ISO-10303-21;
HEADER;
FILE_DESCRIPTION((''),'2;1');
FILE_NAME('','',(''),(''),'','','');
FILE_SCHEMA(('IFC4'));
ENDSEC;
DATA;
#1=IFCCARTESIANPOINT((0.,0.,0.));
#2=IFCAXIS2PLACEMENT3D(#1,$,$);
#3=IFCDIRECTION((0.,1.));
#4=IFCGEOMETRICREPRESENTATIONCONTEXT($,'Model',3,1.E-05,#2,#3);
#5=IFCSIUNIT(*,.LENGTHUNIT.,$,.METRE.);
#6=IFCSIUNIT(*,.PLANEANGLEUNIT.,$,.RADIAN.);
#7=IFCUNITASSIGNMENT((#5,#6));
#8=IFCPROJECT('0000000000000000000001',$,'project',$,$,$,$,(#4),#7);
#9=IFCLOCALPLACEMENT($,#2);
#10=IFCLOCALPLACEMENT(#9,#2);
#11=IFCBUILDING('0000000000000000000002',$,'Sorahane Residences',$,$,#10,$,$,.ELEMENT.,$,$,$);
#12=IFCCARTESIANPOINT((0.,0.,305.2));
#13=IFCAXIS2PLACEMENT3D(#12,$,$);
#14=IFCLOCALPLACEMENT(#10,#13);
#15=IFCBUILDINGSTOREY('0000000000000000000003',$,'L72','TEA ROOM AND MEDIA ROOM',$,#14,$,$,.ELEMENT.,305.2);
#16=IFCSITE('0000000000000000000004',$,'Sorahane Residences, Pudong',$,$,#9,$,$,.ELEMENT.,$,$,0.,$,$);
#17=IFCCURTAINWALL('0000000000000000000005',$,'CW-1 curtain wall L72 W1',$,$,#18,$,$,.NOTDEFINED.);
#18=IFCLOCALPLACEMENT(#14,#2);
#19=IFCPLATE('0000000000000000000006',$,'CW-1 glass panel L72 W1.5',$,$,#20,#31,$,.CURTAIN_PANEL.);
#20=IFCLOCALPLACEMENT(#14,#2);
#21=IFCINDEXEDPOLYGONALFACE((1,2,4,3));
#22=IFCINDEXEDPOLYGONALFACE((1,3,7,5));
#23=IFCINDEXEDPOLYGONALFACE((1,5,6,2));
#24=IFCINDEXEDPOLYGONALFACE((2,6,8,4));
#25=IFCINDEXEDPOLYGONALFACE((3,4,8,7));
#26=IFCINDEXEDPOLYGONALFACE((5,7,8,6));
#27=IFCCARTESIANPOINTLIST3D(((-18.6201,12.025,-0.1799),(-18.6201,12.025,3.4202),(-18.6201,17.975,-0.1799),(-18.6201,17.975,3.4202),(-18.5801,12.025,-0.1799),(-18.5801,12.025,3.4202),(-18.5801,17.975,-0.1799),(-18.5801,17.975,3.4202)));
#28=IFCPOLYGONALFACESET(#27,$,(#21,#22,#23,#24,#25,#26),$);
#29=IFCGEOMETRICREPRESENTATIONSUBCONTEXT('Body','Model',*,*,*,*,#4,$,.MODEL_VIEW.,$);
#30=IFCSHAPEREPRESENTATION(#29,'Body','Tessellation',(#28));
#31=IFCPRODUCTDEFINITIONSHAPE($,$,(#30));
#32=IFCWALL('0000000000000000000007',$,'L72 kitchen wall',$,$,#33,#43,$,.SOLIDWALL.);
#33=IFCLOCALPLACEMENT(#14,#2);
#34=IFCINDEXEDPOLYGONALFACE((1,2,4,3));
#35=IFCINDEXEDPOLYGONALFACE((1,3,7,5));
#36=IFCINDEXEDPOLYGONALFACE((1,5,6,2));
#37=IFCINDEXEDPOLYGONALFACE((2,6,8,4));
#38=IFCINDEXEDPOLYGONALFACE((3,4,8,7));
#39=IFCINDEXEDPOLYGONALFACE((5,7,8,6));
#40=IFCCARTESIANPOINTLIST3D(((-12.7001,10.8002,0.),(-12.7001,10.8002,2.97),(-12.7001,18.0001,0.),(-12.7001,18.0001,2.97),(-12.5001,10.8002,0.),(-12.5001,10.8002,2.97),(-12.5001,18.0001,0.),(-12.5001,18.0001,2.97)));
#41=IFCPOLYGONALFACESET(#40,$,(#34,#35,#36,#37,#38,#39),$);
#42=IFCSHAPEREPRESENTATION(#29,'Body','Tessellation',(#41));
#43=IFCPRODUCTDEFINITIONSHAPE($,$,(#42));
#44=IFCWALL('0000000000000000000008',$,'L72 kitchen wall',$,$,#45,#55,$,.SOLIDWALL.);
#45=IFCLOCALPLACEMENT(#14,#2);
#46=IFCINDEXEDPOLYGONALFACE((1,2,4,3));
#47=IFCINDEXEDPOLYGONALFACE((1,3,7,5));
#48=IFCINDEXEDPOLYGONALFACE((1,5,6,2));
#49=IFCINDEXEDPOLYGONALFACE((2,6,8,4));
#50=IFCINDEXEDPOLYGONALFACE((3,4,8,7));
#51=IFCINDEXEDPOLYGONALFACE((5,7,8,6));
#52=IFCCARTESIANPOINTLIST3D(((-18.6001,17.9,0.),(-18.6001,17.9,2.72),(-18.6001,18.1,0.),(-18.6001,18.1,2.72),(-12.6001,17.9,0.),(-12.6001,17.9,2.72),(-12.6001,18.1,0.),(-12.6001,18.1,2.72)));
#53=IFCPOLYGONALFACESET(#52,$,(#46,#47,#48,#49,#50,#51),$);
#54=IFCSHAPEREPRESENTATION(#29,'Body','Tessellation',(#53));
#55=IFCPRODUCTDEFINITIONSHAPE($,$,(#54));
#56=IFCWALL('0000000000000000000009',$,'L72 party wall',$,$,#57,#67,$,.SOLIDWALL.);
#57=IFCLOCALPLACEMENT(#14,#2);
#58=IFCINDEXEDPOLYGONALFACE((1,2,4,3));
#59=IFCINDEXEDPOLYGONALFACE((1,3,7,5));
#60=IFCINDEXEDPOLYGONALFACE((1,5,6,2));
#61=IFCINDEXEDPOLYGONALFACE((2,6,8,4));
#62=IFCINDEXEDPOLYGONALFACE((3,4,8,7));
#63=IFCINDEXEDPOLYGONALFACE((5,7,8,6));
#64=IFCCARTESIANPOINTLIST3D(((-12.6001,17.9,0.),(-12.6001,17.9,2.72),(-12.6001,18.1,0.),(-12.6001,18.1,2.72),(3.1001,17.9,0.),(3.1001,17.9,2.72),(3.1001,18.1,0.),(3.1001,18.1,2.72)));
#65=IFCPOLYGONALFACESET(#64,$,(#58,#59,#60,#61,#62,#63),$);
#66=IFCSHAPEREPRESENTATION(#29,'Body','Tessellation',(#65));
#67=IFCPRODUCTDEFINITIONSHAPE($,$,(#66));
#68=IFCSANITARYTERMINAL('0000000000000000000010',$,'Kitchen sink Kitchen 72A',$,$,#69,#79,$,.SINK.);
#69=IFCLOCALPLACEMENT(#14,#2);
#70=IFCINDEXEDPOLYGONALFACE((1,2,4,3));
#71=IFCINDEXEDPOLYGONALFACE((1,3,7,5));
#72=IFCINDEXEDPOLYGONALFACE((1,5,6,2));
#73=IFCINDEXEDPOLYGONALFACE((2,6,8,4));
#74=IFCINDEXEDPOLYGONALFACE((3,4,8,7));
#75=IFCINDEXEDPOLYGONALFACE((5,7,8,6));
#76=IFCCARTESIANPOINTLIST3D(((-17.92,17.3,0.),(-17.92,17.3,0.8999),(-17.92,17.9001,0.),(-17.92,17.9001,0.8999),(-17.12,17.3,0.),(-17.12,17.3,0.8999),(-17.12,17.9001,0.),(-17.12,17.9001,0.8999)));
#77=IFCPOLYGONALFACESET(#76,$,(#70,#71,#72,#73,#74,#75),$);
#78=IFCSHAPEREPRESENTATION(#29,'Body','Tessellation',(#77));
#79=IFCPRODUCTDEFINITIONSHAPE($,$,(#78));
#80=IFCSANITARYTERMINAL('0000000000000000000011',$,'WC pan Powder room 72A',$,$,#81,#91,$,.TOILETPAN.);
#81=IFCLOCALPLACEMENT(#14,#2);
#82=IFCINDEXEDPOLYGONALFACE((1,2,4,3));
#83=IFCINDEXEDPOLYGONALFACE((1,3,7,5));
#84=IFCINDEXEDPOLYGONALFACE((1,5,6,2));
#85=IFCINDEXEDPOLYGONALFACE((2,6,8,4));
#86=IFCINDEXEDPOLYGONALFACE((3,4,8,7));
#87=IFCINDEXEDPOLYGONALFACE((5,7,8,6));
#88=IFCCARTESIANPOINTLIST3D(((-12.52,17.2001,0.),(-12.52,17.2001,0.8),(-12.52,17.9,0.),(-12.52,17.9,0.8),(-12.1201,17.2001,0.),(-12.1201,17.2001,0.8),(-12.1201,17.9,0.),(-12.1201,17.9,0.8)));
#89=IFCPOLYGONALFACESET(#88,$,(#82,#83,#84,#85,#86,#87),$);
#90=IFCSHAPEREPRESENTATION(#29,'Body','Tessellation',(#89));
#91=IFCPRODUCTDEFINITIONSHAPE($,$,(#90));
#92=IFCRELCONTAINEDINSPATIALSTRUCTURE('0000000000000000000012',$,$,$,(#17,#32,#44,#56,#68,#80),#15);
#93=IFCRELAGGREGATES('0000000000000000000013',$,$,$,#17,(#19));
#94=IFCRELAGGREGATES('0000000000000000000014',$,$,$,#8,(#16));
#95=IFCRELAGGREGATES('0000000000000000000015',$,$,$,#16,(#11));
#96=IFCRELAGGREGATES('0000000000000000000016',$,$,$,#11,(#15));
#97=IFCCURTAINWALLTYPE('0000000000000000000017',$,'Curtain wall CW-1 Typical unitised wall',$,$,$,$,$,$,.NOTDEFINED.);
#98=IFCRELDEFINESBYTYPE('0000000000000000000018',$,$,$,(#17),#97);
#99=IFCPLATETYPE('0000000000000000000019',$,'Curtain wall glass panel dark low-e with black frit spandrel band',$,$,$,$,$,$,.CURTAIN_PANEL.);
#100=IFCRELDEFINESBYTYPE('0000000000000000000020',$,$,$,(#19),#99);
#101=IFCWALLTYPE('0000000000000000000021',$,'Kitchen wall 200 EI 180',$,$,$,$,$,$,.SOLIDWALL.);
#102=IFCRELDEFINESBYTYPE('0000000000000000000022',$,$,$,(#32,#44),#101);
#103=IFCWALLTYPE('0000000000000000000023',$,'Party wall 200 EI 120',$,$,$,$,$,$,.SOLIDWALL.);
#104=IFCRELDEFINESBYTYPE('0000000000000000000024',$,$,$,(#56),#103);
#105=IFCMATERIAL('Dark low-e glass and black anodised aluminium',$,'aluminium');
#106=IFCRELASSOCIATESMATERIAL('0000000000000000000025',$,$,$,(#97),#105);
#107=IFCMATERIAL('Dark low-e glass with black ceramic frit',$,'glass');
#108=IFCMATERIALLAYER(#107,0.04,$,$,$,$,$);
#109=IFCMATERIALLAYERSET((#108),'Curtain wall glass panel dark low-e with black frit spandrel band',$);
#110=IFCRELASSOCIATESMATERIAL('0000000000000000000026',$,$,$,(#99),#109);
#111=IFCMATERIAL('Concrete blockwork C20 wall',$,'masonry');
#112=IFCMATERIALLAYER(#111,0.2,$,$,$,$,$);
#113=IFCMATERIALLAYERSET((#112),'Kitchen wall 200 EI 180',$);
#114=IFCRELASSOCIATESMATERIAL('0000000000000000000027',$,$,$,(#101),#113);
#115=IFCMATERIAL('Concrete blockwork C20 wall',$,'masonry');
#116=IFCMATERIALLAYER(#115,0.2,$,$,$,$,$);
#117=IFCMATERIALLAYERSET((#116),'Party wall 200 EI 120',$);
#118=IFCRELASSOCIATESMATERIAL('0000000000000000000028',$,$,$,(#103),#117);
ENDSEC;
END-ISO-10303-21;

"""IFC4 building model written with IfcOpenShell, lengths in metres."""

from ifc_helpers import new_model, si_unit, direction, frame, frame_2d, origin, origin_2d, place, context, subcontext, project, spatial, rectangle, extrude, material, layer, layer_set, type_object, element, aggregate, save


model = new_model("IFC4")

# Units and contexts
model_context = context("Model", 3, precision=1e-05, world=origin(), true_north=direction((0.0, 1.0)))
body_context = subcontext(model_context, "Body", "Model", "MODEL_VIEW")
ifc_project = project(units=[si_unit("LENGTHUNIT", "METRE"), si_unit("PLANEANGLEUNIT", "RADIAN")], contexts=[model_context])

# Site, building, storey
site_placement = place(None, origin())
site = spatial("IfcSite", under=ifc_project, at=site_placement, Name="Sorahane Residences, Pudong", CompositionType="ELEMENT", RefElevation=0.0)
building_placement = place(site_placement, origin())
building = spatial("IfcBuilding", under=site, at=building_placement, Name="Sorahane Residences", CompositionType="ELEMENT")
storey_placement = place(building_placement, frame((0.0, 0.0, 305.2)))
storey = spatial("IfcBuildingStorey", under=building, at=storey_placement, Name="L72", Description="TEA ROOM AND MEDIA ROOM", CompositionType="ELEMENT", Elevation=305.2)

# Curtain wall
ifc_material_1 = material(Name="Dark low-e glass and black anodised aluminium", Category="aluminium")
curtain_wall_type = type_object("IfcCurtainWallType", Name="Curtain wall CW-1 Typical unitised wall", PredefinedType="NOTDEFINED", material=ifc_material_1)
curtain_wall_placement = place(storey_placement, origin())
curtain_wall = element("IfcCurtainWall", 1, at=curtain_wall_placement, inside=storey, type_object=curtain_wall_type, Name="CW-1 curtain wall L72 W1", PredefinedType="NOTDEFINED")

# Plate
ifc_material_2 = material(Name="Dark low-e glass with black ceramic frit", Category="glass")
ifc_layer_1 = layer(ifc_material_2, 0.04)
ifc_layer_set_1 = layer_set([ifc_layer_1], Name="Curtain wall glass panel dark low-e with black frit spandrel band")
plate_type = type_object("IfcPlateType", Name="Curtain wall glass panel dark low-e with black frit spandrel band", PredefinedType="CURTAIN_PANEL", material=ifc_layer_set_1)
plate_placement = place(storey_placement, frame((-18.6001, 15.0, -0.1799), z_axis=(0.0, 0.0, 1.0), x_axis=(0.0, -1.0, 0.0)))
plate = element("IfcPlate", 2, at=plate_placement, type_object=plate_type, Name="CW-1 glass panel L72 W1.5", PredefinedType="CURTAIN_PANEL", context=body_context, shape_type="SweptSolid", body=[
    extrude(rectangle(XDim=5.95, YDim=0.04, at=origin_2d()), origin(), (0.0, 0.0, 1.0), 3.6001),
])
aggregate(curtain_wall, [plate])

# Wall
ifc_material_3 = material(Name="Concrete blockwork C20 wall", Category="masonry")
ifc_layer_2 = layer(ifc_material_3, 0.2)
ifc_layer_set_2 = layer_set([ifc_layer_2], Name="Kitchen wall 200 EI 180")
wall_type_1 = type_object("IfcWallType", Name="Kitchen wall 200 EI 180", PredefinedType="SOLIDWALL", material=ifc_layer_set_2)
wall_1_placement = place(storey_placement, frame((-12.6001, 10.8, 0.0), z_axis=(0.0, 0.0, 1.0), x_axis=(0.0, 1.0, 0.0)))
element("IfcWall", 3, at=wall_1_placement, inside=storey, type_object=wall_type_1, Name="L72 kitchen wall", PredefinedType="SOLIDWALL", context=body_context, shape_type="SweptSolid", body=[
    extrude(rectangle(XDim=7.2, YDim=0.2, at=frame_2d((3.6001, 0.0))), origin(), (0.0, 0.0, 1.0), 2.97),
])

# Walls
wall_2_placement = place(storey_placement, frame((-18.6001, 18.0, 0.0), z_axis=(0.0, 0.0, 1.0), x_axis=(1.0, 0.0, 0.0)))
element("IfcWall", 4, at=wall_2_placement, inside=storey, type_object=wall_type_1, Name="L72 kitchen wall", PredefinedType="SOLIDWALL", context=body_context, shape_type="SweptSolid", body=[
    extrude(rectangle(XDim=6.0, YDim=0.2, at=frame_2d((3.0, 0.0))), origin(), (0.0, 0.0, 1.0), 2.72),
])
ifc_material_4 = material(Name="Concrete blockwork C20 wall", Category="masonry")
ifc_layer_3 = layer(ifc_material_4, 0.2)
ifc_layer_set_3 = layer_set([ifc_layer_3], Name="Party wall 200 EI 120")
wall_type_2 = type_object("IfcWallType", Name="Party wall 200 EI 120", PredefinedType="SOLIDWALL", material=ifc_layer_set_3)
wall_3_placement = place(storey_placement, frame((-12.6001, 18.0, 0.0), z_axis=(0.0, 0.0, 1.0), x_axis=(1.0, 0.0, 0.0)))
element("IfcWall", 5, at=wall_3_placement, inside=storey, type_object=wall_type_2, Name="L72 party wall", PredefinedType="SOLIDWALL", context=body_context, shape_type="SweptSolid", body=[
    extrude(rectangle(XDim=15.7002, YDim=0.2, at=frame_2d((7.8501, 0.0))), origin(), (0.0, 0.0, 1.0), 2.72),
])

# Sanitary terminals
sanitary_terminal_1_placement = place(storey_placement, frame((-17.52, 17.6001, 0.0), z_axis=(0.0, 0.0, 1.0), x_axis=(1.0, 0.0, 0.0)))
element("IfcSanitaryTerminal", 6, at=sanitary_terminal_1_placement, inside=storey, Name="Kitchen sink Kitchen 72A", PredefinedType="SINK", context=body_context, shape_type="SweptSolid", body=[
    extrude(rectangle(XDim=0.8, YDim=0.6001, at=origin_2d()), origin(), (0.0, 0.0, 1.0), 0.8999),
])
sanitary_terminal_2_placement = place(storey_placement, frame((-12.3201, 17.55, 0.0), z_axis=(0.0, 0.0, 1.0), x_axis=(1.0, 0.0, 0.0)))
element("IfcSanitaryTerminal", 7, at=sanitary_terminal_2_placement, inside=storey, Name="WC pan Powder room 72A", PredefinedType="TOILETPAN", context=body_context, shape_type="SweptSolid", body=[
    extrude(rectangle(XDim=0.3999, YDim=0.7, at=origin_2d()), origin(), (0.0, 0.0, 1.0), 0.8),
])

save(model, "model.ifc")
